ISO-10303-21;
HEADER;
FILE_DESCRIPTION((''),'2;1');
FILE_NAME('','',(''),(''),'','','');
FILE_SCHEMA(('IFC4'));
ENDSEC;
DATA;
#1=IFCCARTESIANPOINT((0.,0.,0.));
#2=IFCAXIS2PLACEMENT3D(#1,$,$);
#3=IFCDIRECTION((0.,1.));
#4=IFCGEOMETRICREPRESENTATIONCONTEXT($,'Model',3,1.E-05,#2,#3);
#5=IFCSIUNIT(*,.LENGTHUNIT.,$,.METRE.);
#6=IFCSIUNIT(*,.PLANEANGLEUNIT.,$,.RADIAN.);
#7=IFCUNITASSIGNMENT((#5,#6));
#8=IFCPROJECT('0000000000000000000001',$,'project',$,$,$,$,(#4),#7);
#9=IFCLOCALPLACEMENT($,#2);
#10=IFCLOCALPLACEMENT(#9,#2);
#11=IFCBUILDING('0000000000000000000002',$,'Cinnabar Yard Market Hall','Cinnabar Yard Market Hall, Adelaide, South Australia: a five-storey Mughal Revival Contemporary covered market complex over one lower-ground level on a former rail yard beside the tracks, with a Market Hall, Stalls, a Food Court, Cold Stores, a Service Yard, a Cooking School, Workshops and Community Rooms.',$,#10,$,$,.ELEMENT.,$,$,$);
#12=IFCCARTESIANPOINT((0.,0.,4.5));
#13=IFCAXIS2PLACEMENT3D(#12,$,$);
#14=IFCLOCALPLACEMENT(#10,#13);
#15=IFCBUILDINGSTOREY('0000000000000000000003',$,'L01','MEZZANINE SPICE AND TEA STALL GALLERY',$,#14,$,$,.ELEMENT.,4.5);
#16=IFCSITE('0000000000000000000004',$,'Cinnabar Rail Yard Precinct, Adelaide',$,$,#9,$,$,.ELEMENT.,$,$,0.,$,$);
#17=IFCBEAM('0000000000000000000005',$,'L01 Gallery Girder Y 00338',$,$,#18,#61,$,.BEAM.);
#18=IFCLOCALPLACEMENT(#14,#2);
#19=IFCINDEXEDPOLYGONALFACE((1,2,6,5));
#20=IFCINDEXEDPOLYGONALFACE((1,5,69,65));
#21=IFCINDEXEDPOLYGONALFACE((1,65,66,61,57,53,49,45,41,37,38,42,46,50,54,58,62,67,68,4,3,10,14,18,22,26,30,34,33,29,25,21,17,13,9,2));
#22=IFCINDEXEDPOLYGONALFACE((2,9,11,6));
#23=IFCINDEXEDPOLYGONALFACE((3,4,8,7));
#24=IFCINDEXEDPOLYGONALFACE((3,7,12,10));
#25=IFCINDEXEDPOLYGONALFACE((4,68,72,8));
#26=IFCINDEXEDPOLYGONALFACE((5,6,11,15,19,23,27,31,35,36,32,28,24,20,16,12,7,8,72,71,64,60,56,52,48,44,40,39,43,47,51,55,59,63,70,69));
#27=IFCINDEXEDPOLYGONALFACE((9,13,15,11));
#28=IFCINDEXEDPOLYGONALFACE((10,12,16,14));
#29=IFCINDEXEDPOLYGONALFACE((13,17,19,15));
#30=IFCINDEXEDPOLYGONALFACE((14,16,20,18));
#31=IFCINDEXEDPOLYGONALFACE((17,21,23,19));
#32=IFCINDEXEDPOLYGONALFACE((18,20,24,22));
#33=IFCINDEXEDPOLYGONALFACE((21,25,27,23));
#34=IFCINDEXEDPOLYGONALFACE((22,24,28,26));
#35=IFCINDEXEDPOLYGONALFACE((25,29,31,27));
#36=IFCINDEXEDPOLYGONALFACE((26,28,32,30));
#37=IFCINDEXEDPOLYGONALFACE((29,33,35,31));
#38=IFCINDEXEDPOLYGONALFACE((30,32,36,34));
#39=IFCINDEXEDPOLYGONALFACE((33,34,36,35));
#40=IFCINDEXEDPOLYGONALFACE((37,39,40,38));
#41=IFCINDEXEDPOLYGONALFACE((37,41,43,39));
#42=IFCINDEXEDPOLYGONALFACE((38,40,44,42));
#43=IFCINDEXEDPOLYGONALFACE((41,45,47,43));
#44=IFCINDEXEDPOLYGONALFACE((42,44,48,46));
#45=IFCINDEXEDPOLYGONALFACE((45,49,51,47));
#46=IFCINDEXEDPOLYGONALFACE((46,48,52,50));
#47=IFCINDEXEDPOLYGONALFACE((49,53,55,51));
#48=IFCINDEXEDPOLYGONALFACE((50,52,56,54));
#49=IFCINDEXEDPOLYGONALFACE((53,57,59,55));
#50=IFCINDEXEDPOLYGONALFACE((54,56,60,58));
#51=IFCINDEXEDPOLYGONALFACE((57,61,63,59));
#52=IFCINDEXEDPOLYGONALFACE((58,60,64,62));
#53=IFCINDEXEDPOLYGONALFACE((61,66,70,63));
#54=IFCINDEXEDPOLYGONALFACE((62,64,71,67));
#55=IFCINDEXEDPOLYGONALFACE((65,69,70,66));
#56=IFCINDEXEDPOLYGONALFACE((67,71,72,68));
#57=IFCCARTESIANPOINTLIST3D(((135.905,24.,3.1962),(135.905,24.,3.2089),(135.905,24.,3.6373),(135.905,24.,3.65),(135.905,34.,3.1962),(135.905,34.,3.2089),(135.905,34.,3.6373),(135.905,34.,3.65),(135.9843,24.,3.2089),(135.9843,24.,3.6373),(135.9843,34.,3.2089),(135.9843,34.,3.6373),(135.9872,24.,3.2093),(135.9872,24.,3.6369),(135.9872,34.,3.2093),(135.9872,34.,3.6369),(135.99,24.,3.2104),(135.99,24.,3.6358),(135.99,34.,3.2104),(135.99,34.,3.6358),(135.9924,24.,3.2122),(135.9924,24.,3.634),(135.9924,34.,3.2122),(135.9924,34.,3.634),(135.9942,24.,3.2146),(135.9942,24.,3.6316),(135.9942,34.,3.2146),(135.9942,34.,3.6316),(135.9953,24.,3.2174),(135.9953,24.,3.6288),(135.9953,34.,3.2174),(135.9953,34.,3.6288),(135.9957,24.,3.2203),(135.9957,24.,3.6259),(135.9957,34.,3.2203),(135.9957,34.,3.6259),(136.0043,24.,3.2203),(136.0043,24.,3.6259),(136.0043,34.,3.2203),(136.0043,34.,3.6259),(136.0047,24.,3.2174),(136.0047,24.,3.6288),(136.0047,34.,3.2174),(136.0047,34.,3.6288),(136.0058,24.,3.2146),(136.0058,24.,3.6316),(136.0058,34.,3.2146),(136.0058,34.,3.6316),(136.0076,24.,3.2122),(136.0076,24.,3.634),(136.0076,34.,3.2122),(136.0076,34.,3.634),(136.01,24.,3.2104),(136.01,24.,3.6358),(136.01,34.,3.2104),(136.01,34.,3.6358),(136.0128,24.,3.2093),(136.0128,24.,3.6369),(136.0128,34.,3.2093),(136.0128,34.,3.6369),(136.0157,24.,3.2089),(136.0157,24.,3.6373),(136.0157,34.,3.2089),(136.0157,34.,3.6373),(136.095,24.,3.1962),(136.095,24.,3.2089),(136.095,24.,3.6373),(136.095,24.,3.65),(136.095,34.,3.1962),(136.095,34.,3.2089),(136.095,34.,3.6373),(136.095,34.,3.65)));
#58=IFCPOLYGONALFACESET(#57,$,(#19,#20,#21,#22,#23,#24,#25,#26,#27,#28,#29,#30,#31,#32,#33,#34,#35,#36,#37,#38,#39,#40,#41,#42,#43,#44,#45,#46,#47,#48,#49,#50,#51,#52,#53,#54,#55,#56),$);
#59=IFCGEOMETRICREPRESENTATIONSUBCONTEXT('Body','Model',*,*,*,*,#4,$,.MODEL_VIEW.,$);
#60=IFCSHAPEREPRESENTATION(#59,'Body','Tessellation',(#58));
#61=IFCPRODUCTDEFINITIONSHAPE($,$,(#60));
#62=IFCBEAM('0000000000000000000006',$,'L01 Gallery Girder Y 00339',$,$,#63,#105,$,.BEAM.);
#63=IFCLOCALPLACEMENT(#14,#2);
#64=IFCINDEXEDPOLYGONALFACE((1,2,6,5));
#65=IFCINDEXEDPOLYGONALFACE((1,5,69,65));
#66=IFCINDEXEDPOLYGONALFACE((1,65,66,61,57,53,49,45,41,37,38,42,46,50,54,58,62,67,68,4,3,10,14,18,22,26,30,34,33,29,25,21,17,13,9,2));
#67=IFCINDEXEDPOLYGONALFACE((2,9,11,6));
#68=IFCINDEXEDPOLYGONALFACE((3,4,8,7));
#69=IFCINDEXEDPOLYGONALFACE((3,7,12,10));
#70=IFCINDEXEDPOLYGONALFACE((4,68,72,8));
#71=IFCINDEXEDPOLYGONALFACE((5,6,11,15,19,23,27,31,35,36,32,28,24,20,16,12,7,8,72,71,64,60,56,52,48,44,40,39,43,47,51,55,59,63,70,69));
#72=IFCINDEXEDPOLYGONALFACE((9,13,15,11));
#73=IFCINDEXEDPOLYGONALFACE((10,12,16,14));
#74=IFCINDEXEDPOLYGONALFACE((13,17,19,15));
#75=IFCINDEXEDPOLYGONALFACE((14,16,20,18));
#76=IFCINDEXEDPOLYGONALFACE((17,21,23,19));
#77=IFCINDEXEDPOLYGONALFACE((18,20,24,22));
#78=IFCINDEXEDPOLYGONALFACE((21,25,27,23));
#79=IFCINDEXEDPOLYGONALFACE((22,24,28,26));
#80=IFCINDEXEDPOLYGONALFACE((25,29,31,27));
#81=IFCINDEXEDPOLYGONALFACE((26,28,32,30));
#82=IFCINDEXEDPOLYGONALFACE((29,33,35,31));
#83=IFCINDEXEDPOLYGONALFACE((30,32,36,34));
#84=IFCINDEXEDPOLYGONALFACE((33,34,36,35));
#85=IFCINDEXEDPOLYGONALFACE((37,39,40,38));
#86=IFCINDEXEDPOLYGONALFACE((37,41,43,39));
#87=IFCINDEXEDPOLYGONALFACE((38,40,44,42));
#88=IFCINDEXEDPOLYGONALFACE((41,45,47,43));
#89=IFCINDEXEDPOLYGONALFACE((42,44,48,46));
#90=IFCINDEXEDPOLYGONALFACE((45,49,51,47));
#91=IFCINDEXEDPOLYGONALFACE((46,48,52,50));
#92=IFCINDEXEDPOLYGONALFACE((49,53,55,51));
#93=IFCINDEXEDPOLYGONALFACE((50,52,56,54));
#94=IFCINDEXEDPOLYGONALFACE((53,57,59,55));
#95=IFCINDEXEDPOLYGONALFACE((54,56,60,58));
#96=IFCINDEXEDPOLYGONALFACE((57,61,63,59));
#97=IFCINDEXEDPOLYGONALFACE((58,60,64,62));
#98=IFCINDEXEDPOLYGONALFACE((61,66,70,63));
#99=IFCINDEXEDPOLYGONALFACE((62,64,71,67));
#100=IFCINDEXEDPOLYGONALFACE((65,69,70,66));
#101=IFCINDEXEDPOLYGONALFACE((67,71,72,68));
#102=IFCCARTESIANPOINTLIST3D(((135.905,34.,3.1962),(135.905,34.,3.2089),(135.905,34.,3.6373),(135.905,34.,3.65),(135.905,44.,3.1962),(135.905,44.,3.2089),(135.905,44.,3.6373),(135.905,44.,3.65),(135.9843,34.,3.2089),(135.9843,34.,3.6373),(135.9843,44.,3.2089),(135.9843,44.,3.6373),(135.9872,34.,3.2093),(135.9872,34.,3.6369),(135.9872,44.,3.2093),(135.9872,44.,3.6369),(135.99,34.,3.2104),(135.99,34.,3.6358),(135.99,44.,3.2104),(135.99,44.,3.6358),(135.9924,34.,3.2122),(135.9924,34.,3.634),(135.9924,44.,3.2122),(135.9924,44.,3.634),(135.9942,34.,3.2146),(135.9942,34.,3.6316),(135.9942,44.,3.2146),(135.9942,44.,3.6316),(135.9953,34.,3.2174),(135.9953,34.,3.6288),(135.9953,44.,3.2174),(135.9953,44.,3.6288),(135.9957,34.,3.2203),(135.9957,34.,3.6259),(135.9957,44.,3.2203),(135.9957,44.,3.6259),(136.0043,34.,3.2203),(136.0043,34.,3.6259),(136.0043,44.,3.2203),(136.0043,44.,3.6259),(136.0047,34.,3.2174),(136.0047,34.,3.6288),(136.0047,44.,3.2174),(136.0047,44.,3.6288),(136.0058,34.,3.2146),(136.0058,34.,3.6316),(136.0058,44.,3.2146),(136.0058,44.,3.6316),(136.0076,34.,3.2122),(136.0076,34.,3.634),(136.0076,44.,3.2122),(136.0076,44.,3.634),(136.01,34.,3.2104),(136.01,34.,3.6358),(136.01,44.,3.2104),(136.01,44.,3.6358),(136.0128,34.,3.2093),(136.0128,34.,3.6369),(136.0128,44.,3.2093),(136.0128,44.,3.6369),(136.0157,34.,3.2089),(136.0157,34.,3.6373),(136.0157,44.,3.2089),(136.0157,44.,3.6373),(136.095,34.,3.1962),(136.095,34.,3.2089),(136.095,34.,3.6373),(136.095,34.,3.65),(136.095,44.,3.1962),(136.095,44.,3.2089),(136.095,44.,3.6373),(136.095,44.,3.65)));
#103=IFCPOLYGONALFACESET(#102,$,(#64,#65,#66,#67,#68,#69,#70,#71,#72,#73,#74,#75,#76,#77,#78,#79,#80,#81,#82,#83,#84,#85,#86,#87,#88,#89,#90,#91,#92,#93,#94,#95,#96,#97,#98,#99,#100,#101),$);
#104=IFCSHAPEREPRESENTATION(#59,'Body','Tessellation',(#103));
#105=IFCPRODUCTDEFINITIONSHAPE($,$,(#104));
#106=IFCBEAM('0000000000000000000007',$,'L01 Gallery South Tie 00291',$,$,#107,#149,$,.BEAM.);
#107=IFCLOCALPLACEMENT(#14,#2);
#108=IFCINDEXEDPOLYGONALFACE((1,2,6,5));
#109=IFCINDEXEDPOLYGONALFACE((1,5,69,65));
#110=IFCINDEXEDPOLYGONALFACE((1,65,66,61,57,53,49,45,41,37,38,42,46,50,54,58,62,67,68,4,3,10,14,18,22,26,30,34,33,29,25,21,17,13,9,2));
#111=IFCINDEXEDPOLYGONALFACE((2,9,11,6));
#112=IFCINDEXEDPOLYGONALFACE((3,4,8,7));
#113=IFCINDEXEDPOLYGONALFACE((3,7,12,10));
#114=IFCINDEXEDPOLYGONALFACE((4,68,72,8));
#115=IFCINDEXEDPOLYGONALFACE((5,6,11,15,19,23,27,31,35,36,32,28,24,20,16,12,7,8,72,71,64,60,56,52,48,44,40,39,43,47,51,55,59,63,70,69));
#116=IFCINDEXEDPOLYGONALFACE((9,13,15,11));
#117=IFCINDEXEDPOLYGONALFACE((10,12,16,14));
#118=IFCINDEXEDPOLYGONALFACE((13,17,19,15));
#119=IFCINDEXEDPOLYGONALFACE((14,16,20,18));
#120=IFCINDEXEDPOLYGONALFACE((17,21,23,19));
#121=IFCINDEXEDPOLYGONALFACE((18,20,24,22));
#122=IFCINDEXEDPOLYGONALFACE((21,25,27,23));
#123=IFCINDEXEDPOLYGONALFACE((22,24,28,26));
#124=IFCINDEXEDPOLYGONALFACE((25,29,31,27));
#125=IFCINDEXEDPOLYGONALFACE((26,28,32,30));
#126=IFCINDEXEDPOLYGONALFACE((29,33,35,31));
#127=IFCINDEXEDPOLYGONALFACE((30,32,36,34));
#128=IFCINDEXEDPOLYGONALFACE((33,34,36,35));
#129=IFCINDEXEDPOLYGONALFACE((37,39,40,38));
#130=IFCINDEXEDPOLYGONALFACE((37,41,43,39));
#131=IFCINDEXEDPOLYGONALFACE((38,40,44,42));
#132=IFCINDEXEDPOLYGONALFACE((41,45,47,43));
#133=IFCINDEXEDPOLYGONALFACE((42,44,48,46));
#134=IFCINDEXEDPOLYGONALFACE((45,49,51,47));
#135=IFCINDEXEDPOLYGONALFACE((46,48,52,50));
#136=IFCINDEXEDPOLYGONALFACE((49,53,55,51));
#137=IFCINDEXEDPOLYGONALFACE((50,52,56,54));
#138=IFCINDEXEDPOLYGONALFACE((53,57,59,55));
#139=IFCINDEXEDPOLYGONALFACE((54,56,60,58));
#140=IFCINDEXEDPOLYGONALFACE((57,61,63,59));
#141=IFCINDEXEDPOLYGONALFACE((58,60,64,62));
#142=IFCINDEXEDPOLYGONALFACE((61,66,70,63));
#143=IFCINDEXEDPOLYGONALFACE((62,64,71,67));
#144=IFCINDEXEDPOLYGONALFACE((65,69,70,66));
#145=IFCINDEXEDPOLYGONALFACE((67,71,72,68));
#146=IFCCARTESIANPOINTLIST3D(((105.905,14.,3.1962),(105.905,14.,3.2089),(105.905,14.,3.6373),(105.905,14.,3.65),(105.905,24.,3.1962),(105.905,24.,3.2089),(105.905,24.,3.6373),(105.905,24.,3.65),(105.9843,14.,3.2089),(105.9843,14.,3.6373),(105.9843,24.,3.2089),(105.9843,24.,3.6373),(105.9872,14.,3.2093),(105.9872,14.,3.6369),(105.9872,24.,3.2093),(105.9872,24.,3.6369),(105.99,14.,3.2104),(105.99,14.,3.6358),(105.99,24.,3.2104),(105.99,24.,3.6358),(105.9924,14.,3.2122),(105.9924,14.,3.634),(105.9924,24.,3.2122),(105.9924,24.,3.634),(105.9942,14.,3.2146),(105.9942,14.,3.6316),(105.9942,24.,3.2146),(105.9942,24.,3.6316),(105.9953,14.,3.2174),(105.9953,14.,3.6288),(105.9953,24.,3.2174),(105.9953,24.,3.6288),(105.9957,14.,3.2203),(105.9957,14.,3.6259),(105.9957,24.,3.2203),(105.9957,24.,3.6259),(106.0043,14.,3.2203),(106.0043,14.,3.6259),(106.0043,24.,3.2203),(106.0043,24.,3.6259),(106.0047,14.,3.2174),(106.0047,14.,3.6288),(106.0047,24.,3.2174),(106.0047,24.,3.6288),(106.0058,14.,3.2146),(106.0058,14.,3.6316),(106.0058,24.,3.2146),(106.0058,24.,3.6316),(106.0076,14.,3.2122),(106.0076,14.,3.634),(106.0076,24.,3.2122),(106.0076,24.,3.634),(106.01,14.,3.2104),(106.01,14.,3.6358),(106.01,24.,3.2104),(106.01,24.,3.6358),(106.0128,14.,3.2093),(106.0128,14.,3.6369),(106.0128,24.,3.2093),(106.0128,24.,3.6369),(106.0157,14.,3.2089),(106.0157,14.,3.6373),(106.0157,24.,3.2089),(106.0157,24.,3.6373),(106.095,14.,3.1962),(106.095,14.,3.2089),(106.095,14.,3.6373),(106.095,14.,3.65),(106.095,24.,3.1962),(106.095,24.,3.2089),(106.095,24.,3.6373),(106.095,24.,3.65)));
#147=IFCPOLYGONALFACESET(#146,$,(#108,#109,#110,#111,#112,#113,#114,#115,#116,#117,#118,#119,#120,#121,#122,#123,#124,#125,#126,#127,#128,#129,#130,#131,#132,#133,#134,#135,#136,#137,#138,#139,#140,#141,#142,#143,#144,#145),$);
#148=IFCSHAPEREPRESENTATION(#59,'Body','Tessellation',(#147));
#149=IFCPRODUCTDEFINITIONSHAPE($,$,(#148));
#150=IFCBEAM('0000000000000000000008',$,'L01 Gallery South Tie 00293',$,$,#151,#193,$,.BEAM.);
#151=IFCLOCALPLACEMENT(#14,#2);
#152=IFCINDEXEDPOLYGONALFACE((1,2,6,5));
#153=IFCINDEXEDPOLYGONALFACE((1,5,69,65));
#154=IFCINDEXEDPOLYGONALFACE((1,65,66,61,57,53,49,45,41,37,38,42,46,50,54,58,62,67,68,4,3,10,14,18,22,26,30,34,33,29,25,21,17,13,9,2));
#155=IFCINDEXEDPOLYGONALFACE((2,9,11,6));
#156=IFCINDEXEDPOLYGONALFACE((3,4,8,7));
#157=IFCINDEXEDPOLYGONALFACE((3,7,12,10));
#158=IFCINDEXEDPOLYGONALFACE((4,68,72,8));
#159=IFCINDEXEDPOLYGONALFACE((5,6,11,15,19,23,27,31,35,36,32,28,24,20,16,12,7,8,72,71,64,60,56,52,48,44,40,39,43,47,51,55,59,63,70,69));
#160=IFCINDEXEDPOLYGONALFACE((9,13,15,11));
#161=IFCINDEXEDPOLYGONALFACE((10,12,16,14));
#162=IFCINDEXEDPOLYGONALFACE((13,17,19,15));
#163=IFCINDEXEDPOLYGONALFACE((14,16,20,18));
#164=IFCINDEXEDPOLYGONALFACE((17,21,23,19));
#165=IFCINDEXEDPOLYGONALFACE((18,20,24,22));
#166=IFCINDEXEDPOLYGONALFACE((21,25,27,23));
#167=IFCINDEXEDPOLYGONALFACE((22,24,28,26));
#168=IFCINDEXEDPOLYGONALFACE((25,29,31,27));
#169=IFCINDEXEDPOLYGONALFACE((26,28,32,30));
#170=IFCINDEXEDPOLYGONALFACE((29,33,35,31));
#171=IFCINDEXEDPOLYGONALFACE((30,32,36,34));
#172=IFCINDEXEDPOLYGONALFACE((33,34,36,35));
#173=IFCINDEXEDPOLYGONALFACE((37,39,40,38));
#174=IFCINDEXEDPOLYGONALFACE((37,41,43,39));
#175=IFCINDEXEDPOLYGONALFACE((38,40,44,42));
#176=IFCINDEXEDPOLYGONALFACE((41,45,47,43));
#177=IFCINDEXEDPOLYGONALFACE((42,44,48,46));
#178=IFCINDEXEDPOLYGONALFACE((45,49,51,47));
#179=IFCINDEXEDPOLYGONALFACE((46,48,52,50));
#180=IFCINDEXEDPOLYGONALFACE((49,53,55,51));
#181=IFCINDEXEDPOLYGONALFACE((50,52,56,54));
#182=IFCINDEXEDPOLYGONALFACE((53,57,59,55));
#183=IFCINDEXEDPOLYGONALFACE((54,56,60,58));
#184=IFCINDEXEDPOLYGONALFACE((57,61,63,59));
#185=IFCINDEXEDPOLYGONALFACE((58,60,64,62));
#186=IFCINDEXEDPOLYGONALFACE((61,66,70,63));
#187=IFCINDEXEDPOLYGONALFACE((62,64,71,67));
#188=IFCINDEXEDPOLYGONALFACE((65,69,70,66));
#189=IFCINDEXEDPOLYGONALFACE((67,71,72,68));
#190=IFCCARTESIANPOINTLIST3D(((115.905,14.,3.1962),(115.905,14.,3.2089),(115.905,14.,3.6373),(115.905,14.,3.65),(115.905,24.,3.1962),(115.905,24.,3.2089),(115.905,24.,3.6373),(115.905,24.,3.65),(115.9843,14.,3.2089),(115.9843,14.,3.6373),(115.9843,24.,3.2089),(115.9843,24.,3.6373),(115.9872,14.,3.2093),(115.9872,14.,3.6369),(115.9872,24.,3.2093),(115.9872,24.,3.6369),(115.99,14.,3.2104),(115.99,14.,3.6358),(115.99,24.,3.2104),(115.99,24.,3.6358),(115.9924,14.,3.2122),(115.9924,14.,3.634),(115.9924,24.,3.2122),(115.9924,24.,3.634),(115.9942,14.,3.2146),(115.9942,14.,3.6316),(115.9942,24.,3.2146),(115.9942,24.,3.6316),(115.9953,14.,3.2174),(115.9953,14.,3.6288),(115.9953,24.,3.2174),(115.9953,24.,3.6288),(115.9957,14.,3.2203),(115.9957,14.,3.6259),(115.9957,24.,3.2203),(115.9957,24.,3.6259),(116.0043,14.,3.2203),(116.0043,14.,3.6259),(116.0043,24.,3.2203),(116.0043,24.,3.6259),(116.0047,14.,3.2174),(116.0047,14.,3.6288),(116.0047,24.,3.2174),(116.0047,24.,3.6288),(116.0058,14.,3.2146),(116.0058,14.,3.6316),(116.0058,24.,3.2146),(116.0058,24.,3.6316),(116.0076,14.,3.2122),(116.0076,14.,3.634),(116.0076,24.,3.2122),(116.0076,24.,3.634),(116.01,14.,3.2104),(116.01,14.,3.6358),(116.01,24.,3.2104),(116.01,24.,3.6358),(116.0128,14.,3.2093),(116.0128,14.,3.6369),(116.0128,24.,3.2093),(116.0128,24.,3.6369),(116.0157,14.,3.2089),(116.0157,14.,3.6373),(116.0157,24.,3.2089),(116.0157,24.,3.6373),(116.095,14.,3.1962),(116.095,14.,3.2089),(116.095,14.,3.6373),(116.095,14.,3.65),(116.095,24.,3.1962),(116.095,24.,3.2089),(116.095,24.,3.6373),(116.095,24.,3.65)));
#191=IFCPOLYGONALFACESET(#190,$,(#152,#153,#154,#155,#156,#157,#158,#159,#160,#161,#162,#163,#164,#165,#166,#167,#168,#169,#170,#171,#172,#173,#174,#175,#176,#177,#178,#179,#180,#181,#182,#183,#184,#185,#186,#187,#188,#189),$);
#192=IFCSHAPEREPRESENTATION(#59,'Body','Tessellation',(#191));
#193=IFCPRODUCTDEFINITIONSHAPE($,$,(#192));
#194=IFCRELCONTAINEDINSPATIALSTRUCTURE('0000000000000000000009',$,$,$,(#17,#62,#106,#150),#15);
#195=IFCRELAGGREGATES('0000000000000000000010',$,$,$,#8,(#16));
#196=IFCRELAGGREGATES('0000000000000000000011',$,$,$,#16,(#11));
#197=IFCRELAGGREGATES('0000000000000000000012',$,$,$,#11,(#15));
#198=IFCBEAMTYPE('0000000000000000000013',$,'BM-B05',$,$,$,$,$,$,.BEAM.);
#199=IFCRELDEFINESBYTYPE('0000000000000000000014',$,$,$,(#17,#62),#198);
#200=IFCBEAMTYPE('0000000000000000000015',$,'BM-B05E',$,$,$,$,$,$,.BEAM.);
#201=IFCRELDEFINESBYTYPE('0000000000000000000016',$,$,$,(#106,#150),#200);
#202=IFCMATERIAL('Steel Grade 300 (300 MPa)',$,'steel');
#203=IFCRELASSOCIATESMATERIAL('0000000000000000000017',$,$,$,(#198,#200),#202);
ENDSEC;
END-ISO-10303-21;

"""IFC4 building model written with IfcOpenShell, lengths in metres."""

from ifc_helpers import new_model, si_unit, direction, frame, origin, origin_2d_with_axis, place, context, subcontext, project, spatial, i_section, extrude, material, material_profile, profile_set, type_object, element, save


model = new_model("IFC4")

# Units and contexts
model_context = context("Model", 3, precision=1e-05, world=origin(), true_north=direction((0.0, 1.0)))
body_context = subcontext(model_context, "Body", "Model", "MODEL_VIEW")
ifc_project = project(units=[si_unit("LENGTHUNIT", "METRE"), si_unit("PLANEANGLEUNIT", "RADIAN")], contexts=[model_context])

# Site, building, storey
site_placement = place(None, origin())
site = spatial("IfcSite", under=ifc_project, at=site_placement, Name="Cinnabar Rail Yard Precinct, Adelaide", CompositionType="ELEMENT", RefElevation=0.0)
building_placement = place(site_placement, origin())
building = spatial("IfcBuilding", under=site, at=building_placement, Name="Cinnabar Yard Market Hall", Description="Cinnabar Yard Market Hall, Adelaide, South Australia: a five-storey Mughal Revival Contemporary covered market complex over one lower-ground level on a former rail yard beside the tracks, with a Market Hall, Stalls, a Food Court, Cold Stores, a Service Yard, a Cooking School, Workshops and Community Rooms.", CompositionType="ELEMENT")
storey_placement = place(building_placement, frame((0.0, 0.0, 4.5)))
storey = spatial("IfcBuildingStorey", under=building, at=storey_placement, Name="L01", Description="MEZZANINE SPICE AND TEA STALL GALLERY", CompositionType="ELEMENT", Elevation=4.5)

# Beams
ifc_material_1 = material(Name="Steel Grade 300 (300 MPa)", Category="steel")
ifc_material_profile_1 = material_profile(ifc_material_1, i_section(OverallWidth=0.1899, OverallDepth=0.4539, WebThickness=0.0085, FlangeThickness=0.0127, FilletRadius=0.0115, at=origin_2d_with_axis()), Name="460UB67.1")
ifc_profile_set_1 = profile_set([ifc_material_profile_1], Name="Steel Grade 300 (300 MPa)")
beam_type_1 = type_object("IfcBeamType", Name="BM-B05", PredefinedType="BEAM", material=ifc_profile_set_1)
for number, where, z_axis, x_axis, name in (
    (1, (136.0, 24.0, 3.4231), (0.0, 1.0, 0.0), (-1.0, 0.0, 0.0), "L01 Gallery Girder Y 00338"),
    (2, (136.0, 34.0, 3.4231), (0.0, 1.0, 0.0), (-1.0, 0.0, 0.0), "L01 Gallery Girder Y 00339"),
):
    element("IfcBeam", number, at=place(storey_placement, frame(where, z_axis=z_axis, x_axis=x_axis)), inside=storey, type_object=beam_type_1, Name=name, PredefinedType="BEAM", context=body_context, shape_type="SweptSolid", body=[
        extrude(i_section(OverallWidth=0.1899, OverallDepth=0.4539, WebThickness=0.0085, FlangeThickness=0.0127, FilletRadius=0.0115, at=origin_2d_with_axis()), origin(), (0.0, 0.0, 1.0), 10.0),
    ])
ifc_material_profile_2 = material_profile(ifc_material_1, i_section(OverallWidth=0.1899, OverallDepth=0.4539, WebThickness=0.0085, FlangeThickness=0.0127, FilletRadius=0.0115, at=origin_2d_with_axis()), Name="460UB67.1")
ifc_profile_set_2 = profile_set([ifc_material_profile_2], Name="Steel Grade 300 (300 MPa)")
beam_type_2 = type_object("IfcBeamType", Name="BM-B05E", PredefinedType="BEAM", material=ifc_profile_set_2)
for number, where, z_axis, x_axis, name in (
    (3, (106.0, 24.0, 3.4231), (0.0, -1.0, 0.0), (1.0, 0.0, 0.0), "L01 Gallery South Tie 00291"),
    (4, (116.0, 24.0, 3.4231), (0.0, -1.0, 0.0), (1.0, 0.0, 0.0), "L01 Gallery South Tie 00293"),
):
    element("IfcBeam", number, at=place(storey_placement, frame(where, z_axis=z_axis, x_axis=x_axis)), inside=storey, type_object=beam_type_2, Name=name, PredefinedType="BEAM", context=body_context, shape_type="SweptSolid", body=[
        extrude(i_section(OverallWidth=0.1899, OverallDepth=0.4539, WebThickness=0.0085, FlangeThickness=0.0127, FilletRadius=0.0115, at=origin_2d_with_axis()), origin(), (0.0, 0.0, 1.0), 10.0),
    ])

save(model, "model.ifc")
